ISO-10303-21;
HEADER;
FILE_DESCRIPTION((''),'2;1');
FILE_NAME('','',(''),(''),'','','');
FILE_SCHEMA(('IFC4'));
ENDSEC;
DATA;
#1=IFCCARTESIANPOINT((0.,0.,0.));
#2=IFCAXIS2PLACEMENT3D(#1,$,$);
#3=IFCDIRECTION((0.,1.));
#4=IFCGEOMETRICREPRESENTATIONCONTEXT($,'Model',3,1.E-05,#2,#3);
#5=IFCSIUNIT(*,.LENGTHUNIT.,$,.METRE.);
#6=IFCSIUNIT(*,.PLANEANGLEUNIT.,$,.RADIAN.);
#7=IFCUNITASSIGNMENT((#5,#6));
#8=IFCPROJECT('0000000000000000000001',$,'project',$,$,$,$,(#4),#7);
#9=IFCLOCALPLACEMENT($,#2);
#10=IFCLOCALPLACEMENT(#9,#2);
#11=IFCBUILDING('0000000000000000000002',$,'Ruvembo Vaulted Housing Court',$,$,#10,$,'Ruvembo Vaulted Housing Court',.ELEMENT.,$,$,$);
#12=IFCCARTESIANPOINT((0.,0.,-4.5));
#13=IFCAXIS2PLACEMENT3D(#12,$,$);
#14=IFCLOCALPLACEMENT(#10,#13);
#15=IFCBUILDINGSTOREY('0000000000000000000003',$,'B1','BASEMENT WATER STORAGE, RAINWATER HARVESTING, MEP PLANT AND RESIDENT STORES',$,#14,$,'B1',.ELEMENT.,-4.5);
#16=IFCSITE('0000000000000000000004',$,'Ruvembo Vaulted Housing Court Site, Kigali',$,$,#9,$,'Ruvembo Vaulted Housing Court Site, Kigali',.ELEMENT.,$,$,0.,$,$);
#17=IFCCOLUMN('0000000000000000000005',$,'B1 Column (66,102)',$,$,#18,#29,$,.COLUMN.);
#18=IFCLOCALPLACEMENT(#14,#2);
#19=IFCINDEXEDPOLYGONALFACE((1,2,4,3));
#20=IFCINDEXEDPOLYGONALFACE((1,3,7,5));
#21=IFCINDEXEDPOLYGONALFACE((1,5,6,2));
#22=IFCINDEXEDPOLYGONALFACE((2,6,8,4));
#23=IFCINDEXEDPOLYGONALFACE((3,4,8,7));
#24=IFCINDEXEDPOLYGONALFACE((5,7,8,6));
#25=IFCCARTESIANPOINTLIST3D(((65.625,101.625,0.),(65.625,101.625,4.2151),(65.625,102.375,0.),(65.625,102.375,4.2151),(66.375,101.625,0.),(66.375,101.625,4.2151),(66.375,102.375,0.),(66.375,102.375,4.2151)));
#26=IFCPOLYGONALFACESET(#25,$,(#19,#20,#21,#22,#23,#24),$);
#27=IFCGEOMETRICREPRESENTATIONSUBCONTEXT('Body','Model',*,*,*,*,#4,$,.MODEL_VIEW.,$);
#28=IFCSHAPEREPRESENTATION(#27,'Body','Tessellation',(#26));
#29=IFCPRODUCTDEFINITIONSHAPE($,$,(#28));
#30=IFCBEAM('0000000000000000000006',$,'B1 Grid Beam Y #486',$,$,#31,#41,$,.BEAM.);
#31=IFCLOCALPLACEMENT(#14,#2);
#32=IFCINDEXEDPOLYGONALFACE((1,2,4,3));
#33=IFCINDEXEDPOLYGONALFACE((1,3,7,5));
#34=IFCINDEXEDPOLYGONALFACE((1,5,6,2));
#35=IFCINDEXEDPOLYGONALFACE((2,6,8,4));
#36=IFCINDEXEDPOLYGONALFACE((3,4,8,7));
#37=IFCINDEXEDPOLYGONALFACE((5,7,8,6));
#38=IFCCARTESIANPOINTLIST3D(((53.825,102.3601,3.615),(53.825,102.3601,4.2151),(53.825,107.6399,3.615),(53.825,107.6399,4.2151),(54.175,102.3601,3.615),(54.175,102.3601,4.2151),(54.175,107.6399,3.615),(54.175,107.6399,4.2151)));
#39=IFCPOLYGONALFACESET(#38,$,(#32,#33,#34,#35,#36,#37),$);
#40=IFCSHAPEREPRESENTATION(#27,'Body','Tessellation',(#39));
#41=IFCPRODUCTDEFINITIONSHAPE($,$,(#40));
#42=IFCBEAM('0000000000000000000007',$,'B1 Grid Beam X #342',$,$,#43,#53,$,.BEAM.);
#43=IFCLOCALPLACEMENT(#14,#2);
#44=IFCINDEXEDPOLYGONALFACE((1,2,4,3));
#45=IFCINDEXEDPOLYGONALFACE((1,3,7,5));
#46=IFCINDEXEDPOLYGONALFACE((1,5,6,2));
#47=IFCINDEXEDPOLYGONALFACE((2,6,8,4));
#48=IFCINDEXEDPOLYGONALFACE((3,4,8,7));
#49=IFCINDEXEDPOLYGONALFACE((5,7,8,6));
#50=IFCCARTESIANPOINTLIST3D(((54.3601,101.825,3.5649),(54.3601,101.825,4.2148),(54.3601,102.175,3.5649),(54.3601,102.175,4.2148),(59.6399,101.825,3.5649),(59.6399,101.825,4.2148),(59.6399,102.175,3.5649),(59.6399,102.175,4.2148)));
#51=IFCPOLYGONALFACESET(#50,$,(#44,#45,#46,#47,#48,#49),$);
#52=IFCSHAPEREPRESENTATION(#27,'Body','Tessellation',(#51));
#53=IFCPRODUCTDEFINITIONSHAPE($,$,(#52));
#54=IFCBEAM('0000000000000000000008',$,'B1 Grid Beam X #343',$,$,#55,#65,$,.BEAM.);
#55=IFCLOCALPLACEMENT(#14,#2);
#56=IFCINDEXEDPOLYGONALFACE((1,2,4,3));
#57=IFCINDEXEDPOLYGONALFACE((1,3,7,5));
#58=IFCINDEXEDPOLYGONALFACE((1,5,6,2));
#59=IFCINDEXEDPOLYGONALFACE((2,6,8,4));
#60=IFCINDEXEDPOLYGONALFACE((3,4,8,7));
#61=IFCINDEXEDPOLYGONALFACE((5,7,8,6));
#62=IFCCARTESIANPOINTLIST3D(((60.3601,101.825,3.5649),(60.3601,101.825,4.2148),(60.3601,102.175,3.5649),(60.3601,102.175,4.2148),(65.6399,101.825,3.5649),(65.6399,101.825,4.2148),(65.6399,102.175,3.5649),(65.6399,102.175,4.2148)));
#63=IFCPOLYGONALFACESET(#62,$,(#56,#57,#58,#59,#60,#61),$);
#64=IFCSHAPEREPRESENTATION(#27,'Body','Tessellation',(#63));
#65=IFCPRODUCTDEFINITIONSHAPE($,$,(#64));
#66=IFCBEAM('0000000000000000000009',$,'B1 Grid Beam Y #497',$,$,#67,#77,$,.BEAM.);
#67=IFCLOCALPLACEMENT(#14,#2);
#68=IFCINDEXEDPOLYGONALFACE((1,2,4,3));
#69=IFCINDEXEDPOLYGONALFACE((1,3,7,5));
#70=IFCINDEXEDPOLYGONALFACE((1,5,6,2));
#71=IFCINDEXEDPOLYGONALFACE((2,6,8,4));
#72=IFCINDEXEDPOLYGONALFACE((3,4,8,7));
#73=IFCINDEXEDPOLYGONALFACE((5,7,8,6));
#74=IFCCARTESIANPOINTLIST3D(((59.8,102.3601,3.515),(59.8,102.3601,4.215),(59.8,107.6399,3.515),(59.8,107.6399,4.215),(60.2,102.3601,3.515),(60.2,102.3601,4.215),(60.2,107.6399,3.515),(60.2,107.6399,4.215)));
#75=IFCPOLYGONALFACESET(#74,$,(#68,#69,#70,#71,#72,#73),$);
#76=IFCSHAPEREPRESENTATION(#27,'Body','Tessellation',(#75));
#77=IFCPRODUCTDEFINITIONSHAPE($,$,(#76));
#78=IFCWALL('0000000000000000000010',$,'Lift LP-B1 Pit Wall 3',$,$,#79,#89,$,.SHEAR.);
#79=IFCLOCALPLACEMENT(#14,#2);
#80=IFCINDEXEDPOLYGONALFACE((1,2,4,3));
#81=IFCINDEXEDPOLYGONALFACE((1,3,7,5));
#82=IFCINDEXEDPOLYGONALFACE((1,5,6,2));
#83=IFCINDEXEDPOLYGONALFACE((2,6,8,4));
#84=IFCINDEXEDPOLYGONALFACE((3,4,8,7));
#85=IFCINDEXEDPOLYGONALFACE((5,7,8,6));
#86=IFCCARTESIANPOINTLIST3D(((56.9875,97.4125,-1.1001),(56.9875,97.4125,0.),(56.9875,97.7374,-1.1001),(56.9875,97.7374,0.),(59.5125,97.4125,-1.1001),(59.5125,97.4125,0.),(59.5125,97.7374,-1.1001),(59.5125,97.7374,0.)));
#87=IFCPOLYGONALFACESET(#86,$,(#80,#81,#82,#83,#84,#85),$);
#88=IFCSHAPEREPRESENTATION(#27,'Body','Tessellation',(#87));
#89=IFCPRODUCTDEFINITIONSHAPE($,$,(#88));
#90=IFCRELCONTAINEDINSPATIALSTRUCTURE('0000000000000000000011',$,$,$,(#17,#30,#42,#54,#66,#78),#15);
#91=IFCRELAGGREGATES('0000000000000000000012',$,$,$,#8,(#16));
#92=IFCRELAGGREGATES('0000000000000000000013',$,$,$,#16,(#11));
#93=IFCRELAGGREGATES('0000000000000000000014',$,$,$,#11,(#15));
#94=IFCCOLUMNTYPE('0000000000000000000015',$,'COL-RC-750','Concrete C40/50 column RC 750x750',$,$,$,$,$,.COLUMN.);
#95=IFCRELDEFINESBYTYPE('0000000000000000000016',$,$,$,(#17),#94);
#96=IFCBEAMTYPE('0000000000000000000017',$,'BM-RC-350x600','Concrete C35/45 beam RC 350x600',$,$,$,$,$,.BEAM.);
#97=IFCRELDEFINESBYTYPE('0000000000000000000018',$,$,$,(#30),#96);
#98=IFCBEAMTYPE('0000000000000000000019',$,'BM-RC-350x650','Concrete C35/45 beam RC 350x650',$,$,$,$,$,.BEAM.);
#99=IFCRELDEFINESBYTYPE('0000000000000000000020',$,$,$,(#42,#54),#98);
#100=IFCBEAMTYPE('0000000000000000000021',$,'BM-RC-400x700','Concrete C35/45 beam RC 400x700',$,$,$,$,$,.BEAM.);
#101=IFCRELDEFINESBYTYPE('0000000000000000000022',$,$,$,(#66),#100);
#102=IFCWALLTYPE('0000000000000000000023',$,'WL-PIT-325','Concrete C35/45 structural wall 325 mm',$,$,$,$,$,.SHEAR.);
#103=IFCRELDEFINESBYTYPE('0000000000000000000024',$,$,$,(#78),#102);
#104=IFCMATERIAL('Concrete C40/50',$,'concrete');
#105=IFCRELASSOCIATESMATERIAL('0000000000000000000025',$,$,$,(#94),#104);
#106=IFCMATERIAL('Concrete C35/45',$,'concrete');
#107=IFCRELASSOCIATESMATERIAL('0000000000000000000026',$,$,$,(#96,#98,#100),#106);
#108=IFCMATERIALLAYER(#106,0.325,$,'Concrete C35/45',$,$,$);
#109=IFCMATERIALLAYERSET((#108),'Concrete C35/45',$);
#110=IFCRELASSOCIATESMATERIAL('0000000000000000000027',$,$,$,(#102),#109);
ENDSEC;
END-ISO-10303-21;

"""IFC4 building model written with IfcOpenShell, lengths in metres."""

from ifc_helpers import new_model, si_unit, direction, frame, frame_2d, origin, origin_2d, place, context, subcontext, project, spatial, rectangle, extrude, material, layer, layer_set, material_profile, profile_set, type_object, element, save


model = new_model("IFC4")

# Units and contexts
model_context = context("Model", 3, precision=1e-05, world=origin(), true_north=direction((0.0, 1.0)))
body_context = subcontext(model_context, "Body", "Model", "MODEL_VIEW")
ifc_project = project(units=[si_unit("LENGTHUNIT", "METRE"), si_unit("PLANEANGLEUNIT", "RADIAN")], contexts=[model_context])

# Site, building, storey
site_placement = place(None, origin())
site = spatial("IfcSite", under=ifc_project, at=site_placement, Name="Ruvembo Vaulted Housing Court Site, Kigali", LongName="Ruvembo Vaulted Housing Court Site, Kigali", CompositionType="ELEMENT", RefElevation=0.0)
building_placement = place(site_placement, origin())
building = spatial("IfcBuilding", under=site, at=building_placement, Name="Ruvembo Vaulted Housing Court", LongName="Ruvembo Vaulted Housing Court", CompositionType="ELEMENT")
storey_placement = place(building_placement, frame((0.0, 0.0, -4.5)))
storey = spatial("IfcBuildingStorey", under=building, at=storey_placement, Name="B1", Description="BASEMENT WATER STORAGE, RAINWATER HARVESTING, MEP PLANT AND RESIDENT STORES", LongName="B1", CompositionType="ELEMENT", Elevation=-4.5)

# Shared definitions
ifc_material_1 = material(Name="Concrete C35/45", Category="concrete")

# Column
ifc_material_2 = material(Name="Concrete C40/50", Category="concrete")
ifc_material_profile_1 = material_profile(ifc_material_2, rectangle(XDim=0.75, YDim=0.75, at=origin_2d()), Name="RC 750x750")
ifc_profile_set_1 = profile_set([ifc_material_profile_1], Name="Concrete C40/50")
column_type = type_object("IfcColumnType", Name="COL-RC-750", Description="Concrete C40/50 column RC 750x750", PredefinedType="COLUMN", material=ifc_profile_set_1)
for number, where, z_axis, x_axis, name in (
    (1, (66.0, 102.0, 0.0), (0.0, 0.0, 1.0), (1.0, 0.0, 0.0), "B1 Column (66,102)"),
):
    element("IfcColumn", number, at=place(storey_placement, frame(where, z_axis=z_axis, x_axis=x_axis)), inside=storey, type_object=column_type, Name=name, PredefinedType="COLUMN", context=body_context, shape_type="SweptSolid", body=[
        extrude(rectangle(XDim=0.75, YDim=0.75, at=origin_2d()), origin(), (0.0, 0.0, 1.0), 4.2151),
    ])

# Beams
ifc_material_profile_2 = material_profile(ifc_material_1, rectangle(XDim=0.3501, YDim=0.6001, at=origin_2d()), Name="RC 350x600")
ifc_profile_set_2 = profile_set([ifc_material_profile_2], Name="Concrete C35/45")
beam_type_1 = type_object("IfcBeamType", Name="BM-RC-350x600", Description="Concrete C35/45 beam RC 350x600", PredefinedType="BEAM", material=ifc_profile_set_2)
beam_1_placement = place(storey_placement, frame((54.0, 102.3601, 3.915), z_axis=(0.0, 1.0, 0.0), x_axis=(-1.0, 0.0, 0.0)))
element("IfcBeam", 2, at=beam_1_placement, inside=storey, type_object=beam_type_1, Name="B1 Grid Beam Y #486", PredefinedType="BEAM", context=body_context, shape_type="SweptSolid", body=[
    extrude(rectangle(XDim=0.3501, YDim=0.6001, at=origin_2d()), origin(), (0.0, 0.0, 1.0), 5.2798),
])
ifc_material_profile_3 = material_profile(ifc_material_1, rectangle(XDim=0.3501, YDim=0.6499, at=origin_2d()), Name="RC 350x650")
ifc_profile_set_3 = profile_set([ifc_material_profile_3], Name="Concrete C35/45")
beam_type_2 = type_object("IfcBeamType", Name="BM-RC-350x650", Description="Concrete C35/45 beam RC 350x650", PredefinedType="BEAM", material=ifc_profile_set_3)
for number, where, z_axis, x_axis, name in (
    (3, (54.3601, 102.0, 3.8899), (1.0, 0.0, 0.0), (0.0, 1.0, 0.0), "B1 Grid Beam X #342"),
    (4, (60.3601, 102.0, 3.8899), (1.0, 0.0, 0.0), (0.0, 1.0, 0.0), "B1 Grid Beam X #343"),
):
    element("IfcBeam", number, at=place(storey_placement, frame(where, z_axis=z_axis, x_axis=x_axis)), inside=storey, type_object=beam_type_2, Name=name, PredefinedType="BEAM", context=body_context, shape_type="SweptSolid", body=[
        extrude(rectangle(XDim=0.3501, YDim=0.6499, at=origin_2d()), origin(), (0.0, 0.0, 1.0), 5.2798),
    ])
ifc_material_profile_4 = material_profile(ifc_material_1, rectangle(XDim=0.3999, YDim=0.7, at=origin_2d()), Name="RC 400x700")
ifc_profile_set_4 = profile_set([ifc_material_profile_4], Name="Concrete C35/45")
beam_type_3 = type_object("IfcBeamType", Name="BM-RC-400x700", Description="Concrete C35/45 beam RC 400x700", PredefinedType="BEAM", material=ifc_profile_set_4)
beam_2_placement = place(storey_placement, frame((60.0, 102.3601, 3.865), z_axis=(0.0, 1.0, 0.0), x_axis=(-1.0, 0.0, 0.0)))
element("IfcBeam", 5, at=beam_2_placement, inside=storey, type_object=beam_type_3, Name="B1 Grid Beam Y #497", PredefinedType="BEAM", context=body_context, shape_type="SweptSolid", body=[
    extrude(rectangle(XDim=0.3999, YDim=0.7, at=origin_2d()), origin(), (0.0, 0.0, 1.0), 5.2798),
])

# Wall
ifc_layer = layer(ifc_material_1, 0.325, Name="Concrete C35/45")
ifc_layer_set = layer_set([ifc_layer], Name="Concrete C35/45")
wall_type = type_object("IfcWallType", Name="WL-PIT-325", Description="Concrete C35/45 structural wall 325 mm", PredefinedType="SHEAR", material=ifc_layer_set)
wall_placement = place(storey_placement, frame((59.5125, 97.575, -1.1001), z_axis=(0.0, 0.0, 1.0), x_axis=(-1.0, 0.0, 0.0)))
element("IfcWall", 6, at=wall_placement, inside=storey, type_object=wall_type, Name="Lift LP-B1 Pit Wall 3", PredefinedType="SHEAR", context=body_context, shape_type="SweptSolid", body=[
    extrude(rectangle(XDim=2.5249, YDim=0.325, at=frame_2d((1.2625, 0.0))), origin(), (0.0, 0.0, 1.0), 1.1001),
])

save(model, "model.ifc")
